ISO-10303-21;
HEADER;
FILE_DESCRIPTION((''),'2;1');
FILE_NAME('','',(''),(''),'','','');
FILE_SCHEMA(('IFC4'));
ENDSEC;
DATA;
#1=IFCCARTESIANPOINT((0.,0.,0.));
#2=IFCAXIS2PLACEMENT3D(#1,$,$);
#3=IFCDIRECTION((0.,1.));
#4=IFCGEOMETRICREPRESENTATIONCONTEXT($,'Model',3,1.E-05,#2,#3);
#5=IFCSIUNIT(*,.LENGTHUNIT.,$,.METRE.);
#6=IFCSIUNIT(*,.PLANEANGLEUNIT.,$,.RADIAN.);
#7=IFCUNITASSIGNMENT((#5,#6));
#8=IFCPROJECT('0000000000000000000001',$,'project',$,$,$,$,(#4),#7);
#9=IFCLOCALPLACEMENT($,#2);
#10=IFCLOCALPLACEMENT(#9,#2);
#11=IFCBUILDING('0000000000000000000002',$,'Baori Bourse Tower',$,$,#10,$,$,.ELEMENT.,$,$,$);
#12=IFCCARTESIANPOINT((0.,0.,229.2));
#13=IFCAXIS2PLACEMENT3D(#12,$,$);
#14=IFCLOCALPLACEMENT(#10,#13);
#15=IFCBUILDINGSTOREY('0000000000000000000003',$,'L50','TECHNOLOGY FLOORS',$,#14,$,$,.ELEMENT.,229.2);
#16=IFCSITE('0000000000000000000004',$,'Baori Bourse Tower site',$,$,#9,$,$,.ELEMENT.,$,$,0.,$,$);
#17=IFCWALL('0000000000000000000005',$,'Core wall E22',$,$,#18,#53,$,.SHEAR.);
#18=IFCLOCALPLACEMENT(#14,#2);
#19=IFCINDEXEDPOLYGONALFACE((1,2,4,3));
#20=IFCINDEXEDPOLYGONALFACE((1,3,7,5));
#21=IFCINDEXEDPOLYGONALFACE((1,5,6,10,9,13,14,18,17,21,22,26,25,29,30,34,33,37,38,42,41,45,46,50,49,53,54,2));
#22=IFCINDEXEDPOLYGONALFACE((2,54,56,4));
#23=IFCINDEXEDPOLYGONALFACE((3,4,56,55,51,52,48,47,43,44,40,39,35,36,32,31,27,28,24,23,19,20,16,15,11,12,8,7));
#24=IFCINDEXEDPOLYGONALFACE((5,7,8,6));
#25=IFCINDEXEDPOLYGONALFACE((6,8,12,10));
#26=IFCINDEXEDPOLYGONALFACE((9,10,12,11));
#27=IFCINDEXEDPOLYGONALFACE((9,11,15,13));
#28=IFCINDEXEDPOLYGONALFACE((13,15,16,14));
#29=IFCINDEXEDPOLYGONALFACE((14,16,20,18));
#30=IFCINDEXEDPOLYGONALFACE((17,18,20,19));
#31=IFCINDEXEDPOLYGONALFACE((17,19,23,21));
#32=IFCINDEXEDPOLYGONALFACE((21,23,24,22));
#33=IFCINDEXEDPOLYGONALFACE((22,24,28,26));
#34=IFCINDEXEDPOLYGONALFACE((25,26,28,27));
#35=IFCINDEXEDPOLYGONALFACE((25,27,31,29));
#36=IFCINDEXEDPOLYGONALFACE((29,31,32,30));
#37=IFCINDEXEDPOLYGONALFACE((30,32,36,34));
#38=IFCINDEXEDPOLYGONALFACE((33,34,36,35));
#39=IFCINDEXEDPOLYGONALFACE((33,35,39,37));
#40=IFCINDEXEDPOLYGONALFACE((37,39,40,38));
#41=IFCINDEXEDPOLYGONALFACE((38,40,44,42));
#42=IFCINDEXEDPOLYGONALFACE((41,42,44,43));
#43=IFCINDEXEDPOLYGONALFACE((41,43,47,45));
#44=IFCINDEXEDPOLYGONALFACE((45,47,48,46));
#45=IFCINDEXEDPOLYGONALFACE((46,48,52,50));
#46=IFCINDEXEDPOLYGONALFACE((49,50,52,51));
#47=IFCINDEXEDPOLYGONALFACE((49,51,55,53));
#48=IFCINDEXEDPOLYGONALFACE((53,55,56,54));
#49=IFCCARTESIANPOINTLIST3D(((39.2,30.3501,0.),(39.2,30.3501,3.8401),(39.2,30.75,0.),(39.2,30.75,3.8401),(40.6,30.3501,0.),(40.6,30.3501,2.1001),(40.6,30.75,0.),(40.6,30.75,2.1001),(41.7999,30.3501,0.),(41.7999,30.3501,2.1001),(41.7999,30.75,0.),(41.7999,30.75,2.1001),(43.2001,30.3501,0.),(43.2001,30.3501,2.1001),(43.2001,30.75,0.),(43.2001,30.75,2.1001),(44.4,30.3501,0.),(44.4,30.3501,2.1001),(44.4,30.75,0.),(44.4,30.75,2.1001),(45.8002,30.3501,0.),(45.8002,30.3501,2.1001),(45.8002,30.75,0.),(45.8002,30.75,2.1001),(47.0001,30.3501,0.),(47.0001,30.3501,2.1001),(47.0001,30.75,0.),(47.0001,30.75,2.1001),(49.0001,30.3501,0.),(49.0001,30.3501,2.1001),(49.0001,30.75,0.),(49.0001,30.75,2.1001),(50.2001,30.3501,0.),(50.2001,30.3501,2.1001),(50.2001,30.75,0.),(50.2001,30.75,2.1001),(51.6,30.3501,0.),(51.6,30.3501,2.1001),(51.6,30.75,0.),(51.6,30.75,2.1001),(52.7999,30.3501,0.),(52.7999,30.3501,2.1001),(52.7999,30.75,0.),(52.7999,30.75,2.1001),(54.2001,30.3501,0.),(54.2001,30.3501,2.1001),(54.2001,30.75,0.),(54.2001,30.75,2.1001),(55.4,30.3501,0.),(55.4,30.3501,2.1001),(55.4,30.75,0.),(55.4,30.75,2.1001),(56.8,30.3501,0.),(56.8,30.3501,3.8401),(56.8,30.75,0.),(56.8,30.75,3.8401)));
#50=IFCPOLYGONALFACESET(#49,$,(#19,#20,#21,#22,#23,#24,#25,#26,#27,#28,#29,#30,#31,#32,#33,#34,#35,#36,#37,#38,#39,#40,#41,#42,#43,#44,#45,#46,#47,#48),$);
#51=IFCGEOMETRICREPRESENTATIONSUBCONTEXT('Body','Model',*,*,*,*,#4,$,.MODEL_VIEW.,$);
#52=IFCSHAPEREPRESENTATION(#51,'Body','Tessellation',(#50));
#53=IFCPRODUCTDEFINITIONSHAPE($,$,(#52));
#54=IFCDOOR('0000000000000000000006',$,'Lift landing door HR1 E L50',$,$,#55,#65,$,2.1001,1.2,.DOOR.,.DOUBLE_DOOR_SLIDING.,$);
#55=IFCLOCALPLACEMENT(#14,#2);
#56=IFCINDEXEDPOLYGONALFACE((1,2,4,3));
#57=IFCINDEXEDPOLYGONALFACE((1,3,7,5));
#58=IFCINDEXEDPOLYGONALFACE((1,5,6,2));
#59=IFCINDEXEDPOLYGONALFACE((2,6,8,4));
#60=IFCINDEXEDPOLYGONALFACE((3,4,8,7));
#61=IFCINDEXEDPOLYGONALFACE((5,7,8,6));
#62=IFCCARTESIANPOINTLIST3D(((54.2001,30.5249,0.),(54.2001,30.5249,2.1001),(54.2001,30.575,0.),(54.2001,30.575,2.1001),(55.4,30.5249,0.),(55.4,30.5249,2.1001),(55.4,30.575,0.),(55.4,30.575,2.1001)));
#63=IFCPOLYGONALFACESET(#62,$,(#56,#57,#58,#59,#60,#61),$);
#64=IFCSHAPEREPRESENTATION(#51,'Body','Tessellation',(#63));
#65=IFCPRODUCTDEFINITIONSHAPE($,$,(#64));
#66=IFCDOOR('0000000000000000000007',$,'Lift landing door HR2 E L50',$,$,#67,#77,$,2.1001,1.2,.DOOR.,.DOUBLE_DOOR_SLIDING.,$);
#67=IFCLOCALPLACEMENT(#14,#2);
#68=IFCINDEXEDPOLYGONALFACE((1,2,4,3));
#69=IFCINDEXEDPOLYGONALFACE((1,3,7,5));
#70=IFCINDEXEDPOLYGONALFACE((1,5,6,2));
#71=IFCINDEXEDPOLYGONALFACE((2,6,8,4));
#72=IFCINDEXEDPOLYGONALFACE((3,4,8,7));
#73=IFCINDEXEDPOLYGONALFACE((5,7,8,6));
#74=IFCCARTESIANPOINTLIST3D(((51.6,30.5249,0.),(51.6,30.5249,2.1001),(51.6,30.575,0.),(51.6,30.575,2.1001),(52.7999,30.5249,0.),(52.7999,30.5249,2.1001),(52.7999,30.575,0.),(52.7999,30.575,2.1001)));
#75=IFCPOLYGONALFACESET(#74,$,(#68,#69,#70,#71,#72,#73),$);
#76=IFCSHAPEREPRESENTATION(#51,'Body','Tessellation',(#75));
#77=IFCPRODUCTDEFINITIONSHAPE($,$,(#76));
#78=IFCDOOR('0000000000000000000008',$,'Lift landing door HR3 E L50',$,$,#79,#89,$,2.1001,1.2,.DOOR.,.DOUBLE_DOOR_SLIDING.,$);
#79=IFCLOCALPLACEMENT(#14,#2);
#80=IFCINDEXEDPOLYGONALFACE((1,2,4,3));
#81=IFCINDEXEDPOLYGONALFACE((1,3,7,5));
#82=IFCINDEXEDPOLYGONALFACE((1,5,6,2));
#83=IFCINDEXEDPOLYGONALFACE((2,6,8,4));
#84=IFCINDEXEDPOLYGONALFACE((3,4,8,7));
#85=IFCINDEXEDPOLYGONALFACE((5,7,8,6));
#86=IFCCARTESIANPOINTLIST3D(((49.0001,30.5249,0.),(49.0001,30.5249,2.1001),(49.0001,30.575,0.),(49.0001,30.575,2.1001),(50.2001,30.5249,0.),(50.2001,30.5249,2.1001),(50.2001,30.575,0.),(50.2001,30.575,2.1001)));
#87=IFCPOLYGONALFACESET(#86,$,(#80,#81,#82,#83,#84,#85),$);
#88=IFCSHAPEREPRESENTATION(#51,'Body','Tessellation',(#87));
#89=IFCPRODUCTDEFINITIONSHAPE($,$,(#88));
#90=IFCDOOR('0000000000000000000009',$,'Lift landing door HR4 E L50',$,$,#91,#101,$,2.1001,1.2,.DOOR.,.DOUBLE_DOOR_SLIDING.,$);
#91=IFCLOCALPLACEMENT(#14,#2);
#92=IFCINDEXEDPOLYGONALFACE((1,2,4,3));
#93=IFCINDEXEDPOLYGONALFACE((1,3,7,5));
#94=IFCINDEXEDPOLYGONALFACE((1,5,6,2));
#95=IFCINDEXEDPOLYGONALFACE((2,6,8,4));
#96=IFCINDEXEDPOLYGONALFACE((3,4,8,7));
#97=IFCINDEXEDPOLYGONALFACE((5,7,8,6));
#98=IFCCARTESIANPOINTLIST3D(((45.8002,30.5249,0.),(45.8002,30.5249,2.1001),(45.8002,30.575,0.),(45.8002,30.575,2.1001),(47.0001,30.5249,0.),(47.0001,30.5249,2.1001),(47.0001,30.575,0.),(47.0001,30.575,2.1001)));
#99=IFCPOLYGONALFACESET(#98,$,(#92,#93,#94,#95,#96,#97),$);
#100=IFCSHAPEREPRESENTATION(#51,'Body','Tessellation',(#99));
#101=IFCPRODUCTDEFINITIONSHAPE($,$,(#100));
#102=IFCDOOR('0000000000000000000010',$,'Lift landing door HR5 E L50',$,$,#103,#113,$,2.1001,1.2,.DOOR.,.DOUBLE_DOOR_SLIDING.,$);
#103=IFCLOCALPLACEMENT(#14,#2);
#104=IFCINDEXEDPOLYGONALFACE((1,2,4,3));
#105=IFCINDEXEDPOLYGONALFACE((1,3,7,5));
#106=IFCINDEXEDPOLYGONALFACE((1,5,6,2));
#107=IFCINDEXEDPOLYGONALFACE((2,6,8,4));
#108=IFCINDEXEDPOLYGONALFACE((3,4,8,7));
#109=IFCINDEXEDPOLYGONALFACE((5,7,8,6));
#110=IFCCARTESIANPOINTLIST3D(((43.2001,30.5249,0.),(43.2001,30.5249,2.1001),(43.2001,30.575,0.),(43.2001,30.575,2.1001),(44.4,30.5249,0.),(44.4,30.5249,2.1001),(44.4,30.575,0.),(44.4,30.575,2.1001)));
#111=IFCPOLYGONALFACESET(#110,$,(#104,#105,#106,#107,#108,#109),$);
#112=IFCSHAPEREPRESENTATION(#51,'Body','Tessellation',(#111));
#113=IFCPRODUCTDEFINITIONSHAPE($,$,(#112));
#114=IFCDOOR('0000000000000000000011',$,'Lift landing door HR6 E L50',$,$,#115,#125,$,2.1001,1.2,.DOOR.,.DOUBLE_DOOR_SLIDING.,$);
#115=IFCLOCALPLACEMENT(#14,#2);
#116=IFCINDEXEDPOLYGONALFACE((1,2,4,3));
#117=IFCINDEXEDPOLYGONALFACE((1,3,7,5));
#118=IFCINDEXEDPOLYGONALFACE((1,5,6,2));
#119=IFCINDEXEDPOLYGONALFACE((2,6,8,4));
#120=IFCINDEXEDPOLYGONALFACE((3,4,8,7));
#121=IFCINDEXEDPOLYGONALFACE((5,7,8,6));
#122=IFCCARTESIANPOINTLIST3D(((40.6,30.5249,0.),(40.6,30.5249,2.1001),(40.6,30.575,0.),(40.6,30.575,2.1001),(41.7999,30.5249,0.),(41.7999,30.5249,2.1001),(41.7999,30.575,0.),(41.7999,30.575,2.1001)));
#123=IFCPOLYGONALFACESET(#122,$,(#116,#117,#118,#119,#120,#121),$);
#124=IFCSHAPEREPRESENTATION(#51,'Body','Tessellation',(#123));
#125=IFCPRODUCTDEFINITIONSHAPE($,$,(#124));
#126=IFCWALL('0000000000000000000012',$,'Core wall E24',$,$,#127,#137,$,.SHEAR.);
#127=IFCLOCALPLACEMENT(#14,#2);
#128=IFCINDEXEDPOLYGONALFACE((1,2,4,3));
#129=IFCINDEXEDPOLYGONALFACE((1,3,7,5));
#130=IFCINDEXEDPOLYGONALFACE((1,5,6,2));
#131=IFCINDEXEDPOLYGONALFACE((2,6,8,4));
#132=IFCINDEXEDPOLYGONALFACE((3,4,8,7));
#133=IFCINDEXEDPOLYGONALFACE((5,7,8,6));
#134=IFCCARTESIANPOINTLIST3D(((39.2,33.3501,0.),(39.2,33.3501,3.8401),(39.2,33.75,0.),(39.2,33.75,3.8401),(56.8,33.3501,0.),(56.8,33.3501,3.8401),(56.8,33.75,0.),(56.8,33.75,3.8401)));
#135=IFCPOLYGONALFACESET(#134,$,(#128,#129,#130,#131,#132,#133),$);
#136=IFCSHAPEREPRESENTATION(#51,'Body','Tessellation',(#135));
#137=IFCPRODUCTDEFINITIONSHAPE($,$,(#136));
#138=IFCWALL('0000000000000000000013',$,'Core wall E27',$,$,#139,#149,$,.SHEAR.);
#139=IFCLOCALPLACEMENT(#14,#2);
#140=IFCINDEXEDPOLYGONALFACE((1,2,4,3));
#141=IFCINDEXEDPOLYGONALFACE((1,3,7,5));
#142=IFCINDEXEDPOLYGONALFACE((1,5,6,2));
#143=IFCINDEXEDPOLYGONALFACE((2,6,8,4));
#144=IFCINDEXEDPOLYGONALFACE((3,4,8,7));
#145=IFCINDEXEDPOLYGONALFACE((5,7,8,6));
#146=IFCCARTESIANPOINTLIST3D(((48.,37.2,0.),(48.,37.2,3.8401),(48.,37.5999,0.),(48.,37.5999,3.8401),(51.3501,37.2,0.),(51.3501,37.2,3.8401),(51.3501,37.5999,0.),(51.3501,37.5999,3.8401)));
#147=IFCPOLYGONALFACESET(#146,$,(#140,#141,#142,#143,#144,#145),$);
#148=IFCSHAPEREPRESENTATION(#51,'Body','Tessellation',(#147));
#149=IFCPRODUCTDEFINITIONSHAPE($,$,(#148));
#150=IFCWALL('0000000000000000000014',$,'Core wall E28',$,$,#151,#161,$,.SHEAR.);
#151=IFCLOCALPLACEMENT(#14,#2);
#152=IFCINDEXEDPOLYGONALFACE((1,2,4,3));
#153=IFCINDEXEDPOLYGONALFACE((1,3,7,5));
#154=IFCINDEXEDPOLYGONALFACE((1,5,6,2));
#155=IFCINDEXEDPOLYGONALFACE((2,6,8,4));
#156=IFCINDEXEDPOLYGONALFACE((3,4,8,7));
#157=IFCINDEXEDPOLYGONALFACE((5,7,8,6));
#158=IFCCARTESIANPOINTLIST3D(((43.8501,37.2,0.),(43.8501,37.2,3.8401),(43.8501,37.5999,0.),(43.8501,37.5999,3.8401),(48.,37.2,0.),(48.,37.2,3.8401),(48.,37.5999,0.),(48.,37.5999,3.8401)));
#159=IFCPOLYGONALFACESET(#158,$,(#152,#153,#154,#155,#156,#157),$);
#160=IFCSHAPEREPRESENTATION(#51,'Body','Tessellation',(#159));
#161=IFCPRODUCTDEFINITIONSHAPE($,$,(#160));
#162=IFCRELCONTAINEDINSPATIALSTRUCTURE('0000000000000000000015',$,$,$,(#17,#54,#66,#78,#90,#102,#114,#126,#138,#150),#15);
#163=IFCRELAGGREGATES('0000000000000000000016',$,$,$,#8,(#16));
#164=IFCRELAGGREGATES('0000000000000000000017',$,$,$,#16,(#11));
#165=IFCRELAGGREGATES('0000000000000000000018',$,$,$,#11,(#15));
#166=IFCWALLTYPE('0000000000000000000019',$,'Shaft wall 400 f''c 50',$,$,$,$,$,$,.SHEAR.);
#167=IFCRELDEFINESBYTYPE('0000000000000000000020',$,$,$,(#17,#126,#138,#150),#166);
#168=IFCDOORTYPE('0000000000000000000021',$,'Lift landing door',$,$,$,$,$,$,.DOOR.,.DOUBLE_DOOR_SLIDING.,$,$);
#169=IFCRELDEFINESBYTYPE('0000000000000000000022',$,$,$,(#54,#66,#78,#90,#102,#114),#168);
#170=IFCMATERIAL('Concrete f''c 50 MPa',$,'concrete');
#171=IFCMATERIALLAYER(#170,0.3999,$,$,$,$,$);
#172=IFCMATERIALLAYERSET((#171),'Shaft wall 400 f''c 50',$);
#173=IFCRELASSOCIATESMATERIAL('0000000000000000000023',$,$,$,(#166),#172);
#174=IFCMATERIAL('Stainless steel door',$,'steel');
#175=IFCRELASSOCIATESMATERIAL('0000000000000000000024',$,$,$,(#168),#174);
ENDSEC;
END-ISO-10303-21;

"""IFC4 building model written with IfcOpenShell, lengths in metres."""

from ifc_helpers import new_model, si_unit, direction, frame, frame_2d, origin, place, context, subcontext, project, spatial, rectangle, extrude, material, layer, layer_set, type_object, element, fill, save


model = new_model("IFC4")

# Units and contexts
model_context = context("Model", 3, precision=1e-05, world=origin(), true_north=direction((0.0, 1.0)))
body_context = subcontext(model_context, "Body", "Model", "MODEL_VIEW")
ifc_project = project(units=[si_unit("LENGTHUNIT", "METRE"), si_unit("PLANEANGLEUNIT", "RADIAN")], contexts=[model_context])

# Site, building, storey
site_placement = place(None, origin())
site = spatial("IfcSite", under=ifc_project, at=site_placement, Name="Baori Bourse Tower site", CompositionType="ELEMENT", RefElevation=0.0)
building_placement = place(site_placement, origin())
building = spatial("IfcBuilding", under=site, at=building_placement, Name="Baori Bourse Tower", CompositionType="ELEMENT")
storey_placement = place(building_placement, frame((0.0, 0.0, 229.2)))
storey = spatial("IfcBuildingStorey", under=building, at=storey_placement, Name="L50", Description="TECHNOLOGY FLOORS", CompositionType="ELEMENT", Elevation=229.2)

# Wall, openings, doors
ifc_material_1 = material(Name="Concrete f'c 50 MPa", Category="concrete")
ifc_layer_1 = layer(ifc_material_1, 0.3999)
ifc_layer_set_1 = layer_set([ifc_layer_1], Name="Shaft wall 400 f'c 50")
wall_type_1 = type_object("IfcWallType", Name="Shaft wall 400 f'c 50", PredefinedType="SHEAR", material=ifc_layer_set_1)
ifc_material_2 = material(Name="Stainless steel door", Category="steel")
door_type_1 = type_object("IfcDoorType", Name="Lift landing door", OperationType="DOUBLE_DOOR_SLIDING", PredefinedType="DOOR", material=ifc_material_2)
wall_1_placement = place(storey_placement, frame((39.2, 30.55, 0.0), z_axis=(0.0, 0.0, 1.0), x_axis=(1.0, 0.0, 0.0)))
wall_1 = element("IfcWall", 1, at=wall_1_placement, inside=storey, type_object=wall_type_1, Name="Core wall E22", PredefinedType="SHEAR", context=body_context, shape_type="SweptSolid", body=[
    extrude(rectangle(XDim=17.6001, YDim=0.3999, at=frame_2d((8.8, 0.0))), origin(), (0.0, 0.0, 1.0), 3.8401),
])
opening_1_placement = place(wall_1_placement, frame((15.0, 0.0, 0.0)))
opening_1 = element("IfcOpeningElement", 2, at=opening_1_placement, cuts=wall_1, PredefinedType="OPENING", context=body_context, shape_type="SweptSolid", body=[
    extrude(rectangle(XDim=1.2, YDim=2.1001, at=frame_2d((0.6001, 1.05))), frame((0.0, 0.21, 0.0), z_axis=(0.0, -1.0, 0.0), x_axis=(1.0, 0.0, 0.0)), (0.0, 0.0, 1.0), 0.4199),
])
opening_2_placement = place(wall_1_placement, frame((12.3999, 0.0, 0.0)))
opening_2 = element("IfcOpeningElement", 3, at=opening_2_placement, cuts=wall_1, PredefinedType="OPENING", context=body_context, shape_type="SweptSolid", body=[
    extrude(rectangle(XDim=1.2, YDim=2.1001, at=frame_2d((0.6001, 1.05))), frame((0.0, 0.21, 0.0), z_axis=(0.0, -1.0, 0.0), x_axis=(1.0, 0.0, 0.0)), (0.0, 0.0, 1.0), 0.4199),
])
opening_3_placement = place(wall_1_placement, frame((9.8, 0.0, 0.0)))
opening_3 = element("IfcOpeningElement", 4, at=opening_3_placement, cuts=wall_1, PredefinedType="OPENING", context=body_context, shape_type="SweptSolid", body=[
    extrude(rectangle(XDim=1.2, YDim=2.1001, at=frame_2d((0.6001, 1.05))), frame((0.0, 0.21, 0.0), z_axis=(0.0, -1.0, 0.0), x_axis=(1.0, 0.0, 0.0)), (0.0, 0.0, 1.0), 0.4199),
])
opening_4_placement = place(wall_1_placement, frame((6.6001, 0.0, 0.0)))
opening_4 = element("IfcOpeningElement", 5, at=opening_4_placement, cuts=wall_1, PredefinedType="OPENING", context=body_context, shape_type="SweptSolid", body=[
    extrude(rectangle(XDim=1.2, YDim=2.1001, at=frame_2d((0.6001, 1.05))), frame((0.0, 0.21, 0.0), z_axis=(0.0, -1.0, 0.0), x_axis=(1.0, 0.0, 0.0)), (0.0, 0.0, 1.0), 0.4199),
])
opening_5_placement = place(wall_1_placement, frame((4.0, 0.0, 0.0)))
opening_5 = element("IfcOpeningElement", 6, at=opening_5_placement, cuts=wall_1, PredefinedType="OPENING", context=body_context, shape_type="SweptSolid", body=[
    extrude(rectangle(XDim=1.2, YDim=2.1001, at=frame_2d((0.6001, 1.05))), frame((0.0, 0.21, 0.0), z_axis=(0.0, -1.0, 0.0), x_axis=(1.0, 0.0, 0.0)), (0.0, 0.0, 1.0), 0.4199),
])
opening_6_placement = place(wall_1_placement, frame((1.3999, 0.0, 0.0)))
opening_6 = element("IfcOpeningElement", 7, at=opening_6_placement, cuts=wall_1, PredefinedType="OPENING", context=body_context, shape_type="SweptSolid", body=[
    extrude(rectangle(XDim=1.2, YDim=2.1001, at=frame_2d((0.6001, 1.05))), frame((0.0, 0.21, 0.0), z_axis=(0.0, -1.0, 0.0), x_axis=(1.0, 0.0, 0.0)), (0.0, 0.0, 1.0), 0.4199),
])
door_1_placement = place(opening_1_placement, origin())
door_1 = element("IfcDoor", 8, at=door_1_placement, inside=storey, type_object=door_type_1, Name="Lift landing door HR1 E L50", OperationType="DOUBLE_DOOR_SLIDING", OverallHeight=2.1001, OverallWidth=1.2, PredefinedType="DOOR", context=body_context, shape_type="SweptSolid", body=[
    extrude(rectangle(XDim=1.2, YDim=2.1001, at=frame_2d((0.6001, 1.05))), frame((0.0, 0.0249, 0.0), z_axis=(0.0, -1.0, 0.0), x_axis=(1.0, 0.0, 0.0)), (0.0, 0.0, 1.0), 0.05),
])
fill(opening_1, door_1)
door_2_placement = place(opening_2_placement, origin())
door_2 = element("IfcDoor", 9, at=door_2_placement, inside=storey, type_object=door_type_1, Name="Lift landing door HR2 E L50", OperationType="DOUBLE_DOOR_SLIDING", OverallHeight=2.1001, OverallWidth=1.2, PredefinedType="DOOR", context=body_context, shape_type="SweptSolid", body=[
    extrude(rectangle(XDim=1.2, YDim=2.1001, at=frame_2d((0.6001, 1.05))), frame((0.0, 0.0249, 0.0), z_axis=(0.0, -1.0, 0.0), x_axis=(1.0, 0.0, 0.0)), (0.0, 0.0, 1.0), 0.05),
])
fill(opening_2, door_2)
door_3_placement = place(opening_3_placement, origin())
door_3 = element("IfcDoor", 10, at=door_3_placement, inside=storey, type_object=door_type_1, Name="Lift landing door HR3 E L50", OperationType="DOUBLE_DOOR_SLIDING", OverallHeight=2.1001, OverallWidth=1.2, PredefinedType="DOOR", context=body_context, shape_type="SweptSolid", body=[
    extrude(rectangle(XDim=1.2, YDim=2.1001, at=frame_2d((0.6001, 1.05))), frame((0.0, 0.0249, 0.0), z_axis=(0.0, -1.0, 0.0), x_axis=(1.0, 0.0, 0.0)), (0.0, 0.0, 1.0), 0.05),
])
fill(opening_3, door_3)
door_4_placement = place(opening_4_placement, origin())
door_4 = element("IfcDoor", 11, at=door_4_placement, inside=storey, type_object=door_type_1, Name="Lift landing door HR4 E L50", OperationType="DOUBLE_DOOR_SLIDING", OverallHeight=2.1001, OverallWidth=1.2, PredefinedType="DOOR", context=body_context, shape_type="SweptSolid", body=[
    extrude(rectangle(XDim=1.2, YDim=2.1001, at=frame_2d((0.6001, 1.05))), frame((0.0, 0.0249, 0.0), z_axis=(0.0, -1.0, 0.0), x_axis=(1.0, 0.0, 0.0)), (0.0, 0.0, 1.0), 0.05),
])
fill(opening_4, door_4)
door_5_placement = place(opening_5_placement, origin())
door_5 = element("IfcDoor", 12, at=door_5_placement, inside=storey, type_object=door_type_1, Name="Lift landing door HR5 E L50", OperationType="DOUBLE_DOOR_SLIDING", OverallHeight=2.1001, OverallWidth=1.2, PredefinedType="DOOR", context=body_context, shape_type="SweptSolid", body=[
    extrude(rectangle(XDim=1.2, YDim=2.1001, at=frame_2d((0.6001, 1.05))), frame((0.0, 0.0249, 0.0), z_axis=(0.0, -1.0, 0.0), x_axis=(1.0, 0.0, 0.0)), (0.0, 0.0, 1.0), 0.05),
])
fill(opening_5, door_5)
door_6_placement = place(opening_6_placement, origin())
door_6 = element("IfcDoor", 13, at=door_6_placement, inside=storey, type_object=door_type_1, Name="Lift landing door HR6 E L50", OperationType="DOUBLE_DOOR_SLIDING", OverallHeight=2.1001, OverallWidth=1.2, PredefinedType="DOOR", context=body_context, shape_type="SweptSolid", body=[
    extrude(rectangle(XDim=1.2, YDim=2.1001, at=frame_2d((0.6001, 1.05))), frame((0.0, 0.0249, 0.0), z_axis=(0.0, -1.0, 0.0), x_axis=(1.0, 0.0, 0.0)), (0.0, 0.0, 1.0), 0.05),
])
fill(opening_6, door_6)

# Walls
wall_2_placement = place(storey_placement, frame((39.2, 33.55, 0.0), z_axis=(0.0, 0.0, 1.0), x_axis=(1.0, 0.0, 0.0)))
element("IfcWall", 14, at=wall_2_placement, inside=storey, type_object=wall_type_1, Name="Core wall E24", PredefinedType="SHEAR", context=body_context, shape_type="SweptSolid", body=[
    extrude(rectangle(XDim=17.6001, YDim=0.3999, at=frame_2d((8.8, 0.0))), origin(), (0.0, 0.0, 1.0), 3.8401),
])
wall_3_placement = place(storey_placement, frame((48.0, 37.3999, 0.0), z_axis=(0.0, 0.0, 1.0), x_axis=(1.0, 0.0, 0.0)))
element("IfcWall", 15, at=wall_3_placement, inside=storey, type_object=wall_type_1, Name="Core wall E27", PredefinedType="SHEAR", context=body_context, shape_type="SweptSolid", body=[
    extrude(rectangle(XDim=3.3501, YDim=0.3999, at=frame_2d((1.675, 0.0))), origin(), (0.0, 0.0, 1.0), 3.8401),
])
wall_4_placement = place(storey_placement, frame((43.8501, 37.3999, 0.0), z_axis=(0.0, 0.0, 1.0), x_axis=(1.0, 0.0, 0.0)))
element("IfcWall", 16, at=wall_4_placement, inside=storey, type_object=wall_type_1, Name="Core wall E28", PredefinedType="SHEAR", context=body_context, shape_type="SweptSolid", body=[
    extrude(rectangle(XDim=4.1499, YDim=0.3999, at=frame_2d((2.075, 0.0))), origin(), (0.0, 0.0, 1.0), 3.8401),
])

save(model, "model.ifc")
